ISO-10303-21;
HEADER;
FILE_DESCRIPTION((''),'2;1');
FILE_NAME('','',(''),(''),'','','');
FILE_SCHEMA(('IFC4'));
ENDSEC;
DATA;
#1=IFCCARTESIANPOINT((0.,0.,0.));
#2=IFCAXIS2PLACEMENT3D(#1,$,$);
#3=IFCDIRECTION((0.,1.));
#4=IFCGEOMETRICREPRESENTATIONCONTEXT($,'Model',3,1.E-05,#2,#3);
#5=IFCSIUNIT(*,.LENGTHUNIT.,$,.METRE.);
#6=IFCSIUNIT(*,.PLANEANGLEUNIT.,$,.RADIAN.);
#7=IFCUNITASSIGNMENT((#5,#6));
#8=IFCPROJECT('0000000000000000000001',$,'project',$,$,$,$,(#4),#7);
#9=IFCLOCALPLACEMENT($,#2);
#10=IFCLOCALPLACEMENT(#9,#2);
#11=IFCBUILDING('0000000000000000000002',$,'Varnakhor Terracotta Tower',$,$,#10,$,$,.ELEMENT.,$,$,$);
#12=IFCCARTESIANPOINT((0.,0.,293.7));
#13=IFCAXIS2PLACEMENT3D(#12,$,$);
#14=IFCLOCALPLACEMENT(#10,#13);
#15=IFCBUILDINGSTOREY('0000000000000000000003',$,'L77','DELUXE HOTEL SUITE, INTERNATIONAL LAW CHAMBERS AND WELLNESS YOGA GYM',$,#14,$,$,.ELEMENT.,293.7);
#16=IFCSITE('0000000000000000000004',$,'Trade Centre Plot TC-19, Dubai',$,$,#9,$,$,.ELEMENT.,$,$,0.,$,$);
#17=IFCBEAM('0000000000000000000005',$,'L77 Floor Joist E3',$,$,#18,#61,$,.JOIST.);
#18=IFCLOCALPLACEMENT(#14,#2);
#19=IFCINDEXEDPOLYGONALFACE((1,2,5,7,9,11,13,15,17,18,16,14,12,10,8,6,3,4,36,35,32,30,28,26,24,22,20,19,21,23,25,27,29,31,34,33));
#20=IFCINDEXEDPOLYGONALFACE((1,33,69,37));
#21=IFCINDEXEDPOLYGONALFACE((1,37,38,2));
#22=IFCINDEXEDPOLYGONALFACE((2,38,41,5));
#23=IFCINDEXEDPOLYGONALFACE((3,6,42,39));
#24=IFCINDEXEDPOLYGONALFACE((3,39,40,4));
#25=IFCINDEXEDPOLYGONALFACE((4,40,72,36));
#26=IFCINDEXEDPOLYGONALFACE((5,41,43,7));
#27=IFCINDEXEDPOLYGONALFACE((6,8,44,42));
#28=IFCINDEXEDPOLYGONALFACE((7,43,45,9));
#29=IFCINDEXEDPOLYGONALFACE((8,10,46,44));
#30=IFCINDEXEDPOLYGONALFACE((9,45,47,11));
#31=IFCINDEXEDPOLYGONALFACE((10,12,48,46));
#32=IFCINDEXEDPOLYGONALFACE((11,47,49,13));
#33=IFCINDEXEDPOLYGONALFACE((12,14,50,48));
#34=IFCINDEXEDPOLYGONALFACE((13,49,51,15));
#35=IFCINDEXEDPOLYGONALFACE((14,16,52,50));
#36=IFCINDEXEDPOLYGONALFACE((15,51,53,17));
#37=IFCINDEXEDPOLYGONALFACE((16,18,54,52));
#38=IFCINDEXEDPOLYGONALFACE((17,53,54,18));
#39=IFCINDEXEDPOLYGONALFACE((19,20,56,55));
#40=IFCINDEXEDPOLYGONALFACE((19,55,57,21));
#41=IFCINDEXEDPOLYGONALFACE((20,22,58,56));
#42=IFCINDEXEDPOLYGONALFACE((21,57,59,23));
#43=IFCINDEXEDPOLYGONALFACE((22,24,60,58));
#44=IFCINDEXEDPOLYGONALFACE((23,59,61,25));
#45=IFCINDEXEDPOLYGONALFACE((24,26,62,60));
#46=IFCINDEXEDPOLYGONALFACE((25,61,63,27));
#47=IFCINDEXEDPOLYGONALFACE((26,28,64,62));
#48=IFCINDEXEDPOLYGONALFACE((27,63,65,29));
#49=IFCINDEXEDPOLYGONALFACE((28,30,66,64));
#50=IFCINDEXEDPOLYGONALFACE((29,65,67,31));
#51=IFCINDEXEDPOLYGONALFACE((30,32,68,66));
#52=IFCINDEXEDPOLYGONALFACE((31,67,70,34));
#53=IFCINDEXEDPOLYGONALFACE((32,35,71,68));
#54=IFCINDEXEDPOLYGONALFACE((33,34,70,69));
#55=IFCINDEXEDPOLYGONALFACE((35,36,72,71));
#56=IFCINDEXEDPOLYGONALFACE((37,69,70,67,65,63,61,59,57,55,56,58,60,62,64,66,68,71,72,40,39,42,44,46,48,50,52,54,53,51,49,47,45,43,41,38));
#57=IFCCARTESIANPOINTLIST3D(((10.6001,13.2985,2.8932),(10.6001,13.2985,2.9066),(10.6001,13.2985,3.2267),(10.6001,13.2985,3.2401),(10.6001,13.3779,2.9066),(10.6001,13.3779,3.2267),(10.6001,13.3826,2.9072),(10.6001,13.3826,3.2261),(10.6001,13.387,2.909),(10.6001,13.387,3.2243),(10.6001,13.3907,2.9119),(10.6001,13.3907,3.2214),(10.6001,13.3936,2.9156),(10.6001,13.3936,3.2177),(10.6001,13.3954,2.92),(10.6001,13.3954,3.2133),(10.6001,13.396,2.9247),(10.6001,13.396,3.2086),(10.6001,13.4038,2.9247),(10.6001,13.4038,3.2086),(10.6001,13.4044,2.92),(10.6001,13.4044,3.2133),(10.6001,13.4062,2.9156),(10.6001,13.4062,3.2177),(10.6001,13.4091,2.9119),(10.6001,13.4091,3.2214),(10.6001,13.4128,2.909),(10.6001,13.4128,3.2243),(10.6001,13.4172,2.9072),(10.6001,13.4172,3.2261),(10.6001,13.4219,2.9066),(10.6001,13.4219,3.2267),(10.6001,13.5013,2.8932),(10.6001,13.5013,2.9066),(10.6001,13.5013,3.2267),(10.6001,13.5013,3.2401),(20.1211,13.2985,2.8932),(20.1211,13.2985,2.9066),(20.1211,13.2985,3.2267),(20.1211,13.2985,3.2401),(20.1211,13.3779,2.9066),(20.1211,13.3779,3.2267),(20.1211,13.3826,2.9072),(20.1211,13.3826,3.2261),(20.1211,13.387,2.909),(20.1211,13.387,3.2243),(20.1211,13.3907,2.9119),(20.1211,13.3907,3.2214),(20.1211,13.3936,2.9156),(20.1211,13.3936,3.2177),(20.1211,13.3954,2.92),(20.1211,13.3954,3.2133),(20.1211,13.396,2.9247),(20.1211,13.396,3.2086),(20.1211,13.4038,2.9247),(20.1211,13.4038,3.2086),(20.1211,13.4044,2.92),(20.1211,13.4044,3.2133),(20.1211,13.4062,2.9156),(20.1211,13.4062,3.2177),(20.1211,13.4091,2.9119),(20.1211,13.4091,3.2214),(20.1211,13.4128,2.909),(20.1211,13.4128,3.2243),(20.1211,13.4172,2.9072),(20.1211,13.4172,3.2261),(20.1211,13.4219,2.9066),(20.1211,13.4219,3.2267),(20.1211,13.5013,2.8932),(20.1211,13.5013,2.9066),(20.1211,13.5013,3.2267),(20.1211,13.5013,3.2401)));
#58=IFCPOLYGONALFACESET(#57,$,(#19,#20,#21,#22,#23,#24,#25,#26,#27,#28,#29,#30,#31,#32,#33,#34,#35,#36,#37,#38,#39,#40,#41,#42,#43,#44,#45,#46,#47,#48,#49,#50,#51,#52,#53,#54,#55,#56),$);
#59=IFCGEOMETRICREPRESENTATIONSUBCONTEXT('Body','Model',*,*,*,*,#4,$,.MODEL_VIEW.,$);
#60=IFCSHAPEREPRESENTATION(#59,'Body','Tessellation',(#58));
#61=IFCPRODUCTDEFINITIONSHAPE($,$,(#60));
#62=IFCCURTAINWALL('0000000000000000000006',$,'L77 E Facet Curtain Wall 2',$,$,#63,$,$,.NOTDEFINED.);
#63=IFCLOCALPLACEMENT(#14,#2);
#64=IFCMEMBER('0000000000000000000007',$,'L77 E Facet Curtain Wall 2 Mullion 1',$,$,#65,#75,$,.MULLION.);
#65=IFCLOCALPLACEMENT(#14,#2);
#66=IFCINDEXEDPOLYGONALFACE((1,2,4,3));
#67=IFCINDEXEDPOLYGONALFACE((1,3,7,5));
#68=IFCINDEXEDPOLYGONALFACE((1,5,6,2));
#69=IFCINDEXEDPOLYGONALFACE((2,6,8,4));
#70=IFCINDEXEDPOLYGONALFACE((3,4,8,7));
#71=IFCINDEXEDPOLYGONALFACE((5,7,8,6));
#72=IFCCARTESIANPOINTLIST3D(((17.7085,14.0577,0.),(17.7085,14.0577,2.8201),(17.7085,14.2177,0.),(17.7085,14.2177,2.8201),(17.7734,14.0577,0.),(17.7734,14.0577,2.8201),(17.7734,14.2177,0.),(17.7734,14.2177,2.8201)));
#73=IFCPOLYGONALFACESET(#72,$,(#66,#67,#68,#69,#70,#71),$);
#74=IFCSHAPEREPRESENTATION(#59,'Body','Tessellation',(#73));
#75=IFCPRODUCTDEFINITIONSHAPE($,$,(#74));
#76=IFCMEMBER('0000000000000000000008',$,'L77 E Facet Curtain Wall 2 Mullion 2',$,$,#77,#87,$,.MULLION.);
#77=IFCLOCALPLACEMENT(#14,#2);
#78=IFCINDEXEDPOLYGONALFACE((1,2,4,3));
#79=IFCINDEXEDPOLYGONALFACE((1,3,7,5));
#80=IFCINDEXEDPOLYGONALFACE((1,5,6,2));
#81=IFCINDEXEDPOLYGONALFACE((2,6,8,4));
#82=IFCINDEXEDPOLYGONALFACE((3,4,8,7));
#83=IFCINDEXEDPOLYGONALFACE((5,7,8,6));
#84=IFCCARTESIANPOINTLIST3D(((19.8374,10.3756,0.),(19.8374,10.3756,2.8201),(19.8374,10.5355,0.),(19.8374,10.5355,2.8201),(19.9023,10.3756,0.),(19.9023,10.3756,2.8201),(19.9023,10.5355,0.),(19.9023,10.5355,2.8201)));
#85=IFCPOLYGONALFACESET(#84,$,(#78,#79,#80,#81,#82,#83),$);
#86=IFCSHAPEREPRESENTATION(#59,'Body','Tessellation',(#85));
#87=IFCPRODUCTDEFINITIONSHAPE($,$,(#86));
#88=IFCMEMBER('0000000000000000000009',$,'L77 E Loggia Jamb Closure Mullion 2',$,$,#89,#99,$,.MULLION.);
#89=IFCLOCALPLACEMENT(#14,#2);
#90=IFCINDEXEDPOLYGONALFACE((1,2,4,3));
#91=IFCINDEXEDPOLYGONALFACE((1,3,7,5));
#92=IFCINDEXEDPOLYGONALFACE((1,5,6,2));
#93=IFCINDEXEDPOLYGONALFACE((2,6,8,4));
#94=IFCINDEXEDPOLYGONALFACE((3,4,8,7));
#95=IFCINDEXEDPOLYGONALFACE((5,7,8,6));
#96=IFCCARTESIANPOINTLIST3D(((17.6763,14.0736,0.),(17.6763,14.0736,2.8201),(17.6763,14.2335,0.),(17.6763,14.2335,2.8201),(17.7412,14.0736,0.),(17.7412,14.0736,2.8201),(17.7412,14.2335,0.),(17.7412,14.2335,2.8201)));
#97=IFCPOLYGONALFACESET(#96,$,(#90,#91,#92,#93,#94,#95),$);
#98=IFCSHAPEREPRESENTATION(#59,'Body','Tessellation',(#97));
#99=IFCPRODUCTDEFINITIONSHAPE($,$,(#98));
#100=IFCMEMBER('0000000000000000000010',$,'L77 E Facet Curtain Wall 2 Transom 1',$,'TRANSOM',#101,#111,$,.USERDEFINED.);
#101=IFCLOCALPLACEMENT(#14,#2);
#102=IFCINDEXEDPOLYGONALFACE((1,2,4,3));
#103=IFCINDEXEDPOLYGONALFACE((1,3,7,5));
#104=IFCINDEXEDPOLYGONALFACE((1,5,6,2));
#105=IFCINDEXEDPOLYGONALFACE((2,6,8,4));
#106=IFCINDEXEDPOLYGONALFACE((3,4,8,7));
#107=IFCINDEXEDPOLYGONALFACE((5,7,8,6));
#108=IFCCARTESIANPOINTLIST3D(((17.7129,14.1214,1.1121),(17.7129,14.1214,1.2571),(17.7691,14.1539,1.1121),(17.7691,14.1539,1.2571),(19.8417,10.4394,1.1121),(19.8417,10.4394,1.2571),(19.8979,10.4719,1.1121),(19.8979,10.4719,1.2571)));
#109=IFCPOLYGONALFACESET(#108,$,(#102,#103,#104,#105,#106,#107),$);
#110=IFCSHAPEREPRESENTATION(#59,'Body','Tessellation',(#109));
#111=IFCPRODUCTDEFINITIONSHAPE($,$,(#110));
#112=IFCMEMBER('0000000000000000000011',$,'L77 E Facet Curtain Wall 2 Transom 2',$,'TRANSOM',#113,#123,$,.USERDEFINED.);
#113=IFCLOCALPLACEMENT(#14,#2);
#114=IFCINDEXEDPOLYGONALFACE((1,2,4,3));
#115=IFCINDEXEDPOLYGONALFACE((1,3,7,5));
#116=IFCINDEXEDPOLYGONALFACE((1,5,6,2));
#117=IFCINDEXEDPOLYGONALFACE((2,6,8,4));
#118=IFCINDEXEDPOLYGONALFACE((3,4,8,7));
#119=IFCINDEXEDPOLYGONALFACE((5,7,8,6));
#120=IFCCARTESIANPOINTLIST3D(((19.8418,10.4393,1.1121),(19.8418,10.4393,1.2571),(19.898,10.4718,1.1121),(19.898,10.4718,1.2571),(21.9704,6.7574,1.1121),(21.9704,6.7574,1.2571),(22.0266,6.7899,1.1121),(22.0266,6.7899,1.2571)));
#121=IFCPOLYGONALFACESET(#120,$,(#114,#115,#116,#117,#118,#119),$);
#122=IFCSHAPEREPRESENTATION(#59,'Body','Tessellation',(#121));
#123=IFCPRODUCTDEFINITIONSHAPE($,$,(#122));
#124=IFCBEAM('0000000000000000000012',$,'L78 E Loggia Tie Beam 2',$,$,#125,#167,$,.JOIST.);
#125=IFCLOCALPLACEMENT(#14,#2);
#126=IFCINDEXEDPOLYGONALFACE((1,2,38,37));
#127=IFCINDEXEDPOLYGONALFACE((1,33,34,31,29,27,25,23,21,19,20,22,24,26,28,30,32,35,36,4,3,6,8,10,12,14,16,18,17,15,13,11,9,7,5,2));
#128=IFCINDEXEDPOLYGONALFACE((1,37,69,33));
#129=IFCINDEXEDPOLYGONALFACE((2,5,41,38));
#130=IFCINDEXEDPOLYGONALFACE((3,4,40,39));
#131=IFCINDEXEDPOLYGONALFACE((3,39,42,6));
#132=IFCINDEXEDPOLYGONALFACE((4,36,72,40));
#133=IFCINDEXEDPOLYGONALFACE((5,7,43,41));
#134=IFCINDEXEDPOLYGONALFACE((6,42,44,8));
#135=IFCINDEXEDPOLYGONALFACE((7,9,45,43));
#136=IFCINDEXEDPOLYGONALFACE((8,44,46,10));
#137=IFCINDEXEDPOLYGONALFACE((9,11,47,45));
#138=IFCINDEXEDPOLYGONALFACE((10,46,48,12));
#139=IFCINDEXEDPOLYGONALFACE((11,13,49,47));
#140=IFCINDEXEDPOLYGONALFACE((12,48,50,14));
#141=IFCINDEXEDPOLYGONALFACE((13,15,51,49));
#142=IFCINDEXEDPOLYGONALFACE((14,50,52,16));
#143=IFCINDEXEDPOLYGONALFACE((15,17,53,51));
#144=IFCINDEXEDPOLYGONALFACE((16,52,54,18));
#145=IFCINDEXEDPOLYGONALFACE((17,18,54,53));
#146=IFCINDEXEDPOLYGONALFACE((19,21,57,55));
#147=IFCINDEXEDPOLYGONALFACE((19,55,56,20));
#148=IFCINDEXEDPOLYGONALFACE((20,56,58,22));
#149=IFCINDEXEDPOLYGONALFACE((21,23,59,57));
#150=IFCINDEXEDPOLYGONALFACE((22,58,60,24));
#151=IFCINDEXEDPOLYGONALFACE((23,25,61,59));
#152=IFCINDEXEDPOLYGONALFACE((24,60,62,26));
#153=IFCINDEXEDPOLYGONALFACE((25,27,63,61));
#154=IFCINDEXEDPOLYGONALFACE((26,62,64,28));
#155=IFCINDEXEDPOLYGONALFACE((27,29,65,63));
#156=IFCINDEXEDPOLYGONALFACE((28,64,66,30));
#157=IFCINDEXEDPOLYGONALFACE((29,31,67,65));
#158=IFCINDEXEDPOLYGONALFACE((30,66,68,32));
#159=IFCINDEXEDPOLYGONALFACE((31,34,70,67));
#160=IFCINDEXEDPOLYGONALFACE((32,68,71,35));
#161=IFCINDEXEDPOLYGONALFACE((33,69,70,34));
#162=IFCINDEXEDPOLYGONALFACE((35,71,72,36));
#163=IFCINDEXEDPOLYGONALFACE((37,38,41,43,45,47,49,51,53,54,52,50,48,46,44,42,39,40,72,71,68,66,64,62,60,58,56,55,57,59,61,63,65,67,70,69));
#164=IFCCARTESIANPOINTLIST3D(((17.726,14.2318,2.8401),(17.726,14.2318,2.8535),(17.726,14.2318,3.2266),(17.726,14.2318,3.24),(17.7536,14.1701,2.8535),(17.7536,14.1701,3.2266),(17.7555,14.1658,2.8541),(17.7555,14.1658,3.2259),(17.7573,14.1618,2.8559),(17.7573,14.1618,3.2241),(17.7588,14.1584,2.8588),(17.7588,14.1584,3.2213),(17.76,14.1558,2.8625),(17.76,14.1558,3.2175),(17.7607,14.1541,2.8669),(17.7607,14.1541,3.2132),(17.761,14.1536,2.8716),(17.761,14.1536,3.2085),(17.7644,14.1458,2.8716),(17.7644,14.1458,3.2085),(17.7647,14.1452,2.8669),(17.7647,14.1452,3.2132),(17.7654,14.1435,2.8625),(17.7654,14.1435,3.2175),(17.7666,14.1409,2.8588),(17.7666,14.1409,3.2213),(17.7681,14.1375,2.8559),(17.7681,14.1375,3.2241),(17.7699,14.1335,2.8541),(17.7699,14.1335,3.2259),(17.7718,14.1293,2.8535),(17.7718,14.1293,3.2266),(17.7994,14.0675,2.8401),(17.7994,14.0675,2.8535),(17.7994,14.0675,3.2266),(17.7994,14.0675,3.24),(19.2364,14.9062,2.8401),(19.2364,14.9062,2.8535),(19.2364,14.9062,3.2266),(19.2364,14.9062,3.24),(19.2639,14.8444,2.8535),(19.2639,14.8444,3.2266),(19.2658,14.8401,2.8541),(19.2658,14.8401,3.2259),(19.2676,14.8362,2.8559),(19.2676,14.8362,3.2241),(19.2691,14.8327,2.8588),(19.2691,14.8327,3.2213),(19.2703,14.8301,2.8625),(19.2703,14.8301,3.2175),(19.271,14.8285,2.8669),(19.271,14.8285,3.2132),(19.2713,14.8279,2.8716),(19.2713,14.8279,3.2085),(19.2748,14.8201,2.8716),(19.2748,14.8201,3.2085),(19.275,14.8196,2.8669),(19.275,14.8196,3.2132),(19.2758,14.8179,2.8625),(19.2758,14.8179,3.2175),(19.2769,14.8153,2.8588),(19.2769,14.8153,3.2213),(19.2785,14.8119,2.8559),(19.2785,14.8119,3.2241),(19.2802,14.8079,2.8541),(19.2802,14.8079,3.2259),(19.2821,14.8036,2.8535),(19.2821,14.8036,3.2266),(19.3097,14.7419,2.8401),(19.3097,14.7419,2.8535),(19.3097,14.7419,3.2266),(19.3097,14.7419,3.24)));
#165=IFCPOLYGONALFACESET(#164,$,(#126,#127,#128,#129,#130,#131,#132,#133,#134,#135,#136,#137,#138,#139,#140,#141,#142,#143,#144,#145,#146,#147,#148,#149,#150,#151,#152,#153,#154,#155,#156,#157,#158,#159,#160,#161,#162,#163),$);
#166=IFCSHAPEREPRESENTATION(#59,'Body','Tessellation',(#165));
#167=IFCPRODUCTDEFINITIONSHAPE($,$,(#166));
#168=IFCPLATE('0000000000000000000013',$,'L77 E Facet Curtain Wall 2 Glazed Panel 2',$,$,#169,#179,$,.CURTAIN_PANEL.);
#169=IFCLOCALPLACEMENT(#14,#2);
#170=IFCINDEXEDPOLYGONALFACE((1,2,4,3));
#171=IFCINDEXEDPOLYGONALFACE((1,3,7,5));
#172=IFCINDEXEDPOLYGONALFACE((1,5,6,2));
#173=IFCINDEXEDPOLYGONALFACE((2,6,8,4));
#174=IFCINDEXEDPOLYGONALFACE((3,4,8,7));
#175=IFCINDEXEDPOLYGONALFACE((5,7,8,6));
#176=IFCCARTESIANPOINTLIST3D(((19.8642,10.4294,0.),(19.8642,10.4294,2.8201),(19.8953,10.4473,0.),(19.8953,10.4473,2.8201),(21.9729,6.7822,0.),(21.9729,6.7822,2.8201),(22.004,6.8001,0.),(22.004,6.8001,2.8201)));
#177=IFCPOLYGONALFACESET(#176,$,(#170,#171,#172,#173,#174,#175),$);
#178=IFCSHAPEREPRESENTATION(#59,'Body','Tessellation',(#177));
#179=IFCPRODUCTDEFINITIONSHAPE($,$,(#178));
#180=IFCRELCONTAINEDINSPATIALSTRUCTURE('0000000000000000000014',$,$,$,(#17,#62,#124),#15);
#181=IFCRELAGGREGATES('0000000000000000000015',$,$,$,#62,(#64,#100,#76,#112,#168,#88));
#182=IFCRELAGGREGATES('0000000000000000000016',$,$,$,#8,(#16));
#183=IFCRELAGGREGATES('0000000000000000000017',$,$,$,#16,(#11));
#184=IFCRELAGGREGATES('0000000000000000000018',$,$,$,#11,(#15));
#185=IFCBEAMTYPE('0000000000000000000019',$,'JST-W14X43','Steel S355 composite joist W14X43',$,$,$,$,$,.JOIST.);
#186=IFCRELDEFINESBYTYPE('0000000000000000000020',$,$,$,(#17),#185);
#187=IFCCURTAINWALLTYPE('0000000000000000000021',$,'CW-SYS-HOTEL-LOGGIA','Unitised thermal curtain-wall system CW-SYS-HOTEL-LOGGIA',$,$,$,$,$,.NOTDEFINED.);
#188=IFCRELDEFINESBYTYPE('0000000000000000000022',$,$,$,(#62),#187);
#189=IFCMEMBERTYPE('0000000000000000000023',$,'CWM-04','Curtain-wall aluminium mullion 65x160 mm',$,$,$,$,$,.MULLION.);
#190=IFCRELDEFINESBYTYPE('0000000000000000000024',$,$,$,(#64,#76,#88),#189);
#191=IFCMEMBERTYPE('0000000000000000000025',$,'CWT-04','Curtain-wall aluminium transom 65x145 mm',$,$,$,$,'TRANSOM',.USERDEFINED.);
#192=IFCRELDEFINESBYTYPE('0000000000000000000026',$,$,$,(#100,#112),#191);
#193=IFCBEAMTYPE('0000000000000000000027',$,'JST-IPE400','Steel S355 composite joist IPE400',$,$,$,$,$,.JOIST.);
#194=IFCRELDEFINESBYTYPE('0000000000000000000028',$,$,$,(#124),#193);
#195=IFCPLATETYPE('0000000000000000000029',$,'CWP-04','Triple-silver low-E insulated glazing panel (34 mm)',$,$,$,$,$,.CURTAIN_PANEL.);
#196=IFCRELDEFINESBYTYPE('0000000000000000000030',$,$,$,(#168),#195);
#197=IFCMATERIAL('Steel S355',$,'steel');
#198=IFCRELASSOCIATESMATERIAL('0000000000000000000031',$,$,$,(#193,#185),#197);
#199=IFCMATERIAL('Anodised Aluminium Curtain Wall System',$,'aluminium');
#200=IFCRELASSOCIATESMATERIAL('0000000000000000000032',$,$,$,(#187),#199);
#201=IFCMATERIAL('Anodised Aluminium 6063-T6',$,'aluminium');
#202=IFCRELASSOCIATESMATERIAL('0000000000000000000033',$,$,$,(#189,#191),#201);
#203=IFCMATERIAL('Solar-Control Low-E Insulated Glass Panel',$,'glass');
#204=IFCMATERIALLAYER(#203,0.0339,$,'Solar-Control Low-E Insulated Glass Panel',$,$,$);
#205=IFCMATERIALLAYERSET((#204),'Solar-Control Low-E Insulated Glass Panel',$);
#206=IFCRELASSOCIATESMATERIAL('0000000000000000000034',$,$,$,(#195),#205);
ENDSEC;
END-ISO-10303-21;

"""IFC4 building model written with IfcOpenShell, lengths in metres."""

from ifc_helpers import new_model, si_unit, direction, frame, origin, origin_2d, place, context, subcontext, project, spatial, rectangle, i_section, extrude, source, transform, mapped, material, layer, layer_set, material_profile, profile_set, type_object, type_shapes, element, aggregate, save


model = new_model("IFC4")

# Units and contexts
model_context = context("Model", 3, precision=1e-05, world=origin(), true_north=direction((0.0, 1.0)))
body_context = subcontext(model_context, "Body", "Model", "MODEL_VIEW")
ifc_project = project(units=[si_unit("LENGTHUNIT", "METRE"), si_unit("PLANEANGLEUNIT", "RADIAN")], contexts=[model_context])

# Site, building, storey
site_placement = place(None, origin())
site = spatial("IfcSite", under=ifc_project, at=site_placement, Name="Trade Centre Plot TC-19, Dubai", CompositionType="ELEMENT", RefElevation=0.0)
building_placement = place(site_placement, origin())
building = spatial("IfcBuilding", under=site, at=building_placement, Name="Varnakhor Terracotta Tower", CompositionType="ELEMENT")
storey_placement = place(building_placement, frame((0.0, 0.0, 293.7)))
storey = spatial("IfcBuildingStorey", under=building, at=storey_placement, Name="L77", Description="DELUXE HOTEL SUITE, INTERNATIONAL LAW CHAMBERS AND WELLNESS YOGA GYM", CompositionType="ELEMENT", Elevation=293.7)

# Beam
ifc_material_1 = material(Name="Steel S355", Category="steel")
ifc_material_profile_1 = material_profile(ifc_material_1, i_section(OverallWidth=0.1799, OverallDepth=0.3999, WebThickness=0.0085, FlangeThickness=0.0134, FilletRadius=0.0181, at=origin_2d()), Name="IPE400")
ifc_profile_set_1 = profile_set([ifc_material_profile_1], Name="Steel S355")
beam_type_1 = type_object("IfcBeamType", Name="JST-IPE400", Description="Steel S355 composite joist IPE400", PredefinedType="JOIST", material=ifc_profile_set_1)
ifc_material_profile_2 = material_profile(ifc_material_1, i_section(OverallWidth=0.2029, OverallDepth=0.3469, WebThickness=0.0078, FlangeThickness=0.0134, FilletRadius=0.0181, at=origin_2d()), Name="W14X43")
ifc_profile_set_2 = profile_set([ifc_material_profile_2], Name="Steel S355")
beam_type_2 = type_object("IfcBeamType", Name="JST-W14X43", Description="Steel S355 composite joist W14X43", PredefinedType="JOIST", material=ifc_profile_set_2)
shared_shape_1 = source(origin(), body_context, "Body", "SweptSolid", [
    extrude(i_section(OverallWidth=0.2029, OverallDepth=0.3469, WebThickness=0.0078, FlangeThickness=0.0134, FilletRadius=0.0181, at=origin_2d()), origin(), (0.0, 0.0, 1.0), 9.521),
])
beam_1_placement = place(storey_placement, frame((10.6001, 13.3999, 3.0667), z_axis=(1.0, 0.0, 0.0), x_axis=(0.0, 1.0, 0.0)))
element("IfcBeam", 1, at=beam_1_placement, inside=storey, type_object=beam_type_2, Name="L77 Floor Joist E3", PredefinedType="JOIST", context=body_context, shape_type="MappedRepresentation", body=[
    mapped(shared_shape_1, transform((0.0, 0.0, 0.0), scale=1.0)),
])

# Curtain wall, members
ifc_material_2 = material(Name="Anodised Aluminium Curtain Wall System", Category="aluminium")
curtain_wall_type = type_object("IfcCurtainWallType", Name="CW-SYS-HOTEL-LOGGIA", Description="Unitised thermal curtain-wall system CW-SYS-HOTEL-LOGGIA", PredefinedType="NOTDEFINED", material=ifc_material_2)
curtain_wall_placement = place(storey_placement, origin())
curtain_wall = element("IfcCurtainWall", 2, at=curtain_wall_placement, inside=storey, type_object=curtain_wall_type, Name="L77 E Facet Curtain Wall 2", PredefinedType="NOTDEFINED")
ifc_material_3 = material(Name="Anodised Aluminium 6063-T6", Category="aluminium")
ifc_material_profile_3 = material_profile(ifc_material_3, rectangle(XDim=0.0649, YDim=0.1599, at=origin_2d()), Name="ALU MULLION 65x160")
ifc_profile_set_3 = profile_set([ifc_material_profile_3], Name="Anodised Aluminium 6063-T6")
member_type_1 = type_object("IfcMemberType", Name="CWM-04", Description="Curtain-wall aluminium mullion 65x160 mm", PredefinedType="MULLION", material=ifc_profile_set_3)
shared_shape_2 = source(origin(), body_context, "Body", "SweptSolid", [
    extrude(rectangle(XDim=0.0649, YDim=0.1599, at=origin_2d()), origin(), (0.0, 0.0, 1.0), 2.8201),
])
type_shapes(member_type_1, [shared_shape_2])
member_1_placement = place(storey_placement, frame((17.741, 14.1377, 0.0), z_axis=(0.0, 0.0, 1.0), x_axis=(1.0, 0.0, 0.0)))
member_1 = element("IfcMember", 3, at=member_1_placement, type_object=member_type_1, Name="L77 E Facet Curtain Wall 2 Mullion 1", PredefinedType="MULLION", context=body_context, shape_type="MappedRepresentation", body=[
    mapped(shared_shape_2, transform((0.0, 0.0, 0.0), scale=1.0)),
])
member_2_placement = place(storey_placement, frame((19.8699, 10.4556, 0.0), z_axis=(0.0, 0.0, 1.0), x_axis=(1.0, 0.0, 0.0)))
member_2 = element("IfcMember", 4, at=member_2_placement, type_object=member_type_1, Name="L77 E Facet Curtain Wall 2 Mullion 2", PredefinedType="MULLION", context=body_context, shape_type="MappedRepresentation", body=[
    mapped(shared_shape_2, transform((0.0, 0.0, 0.0), scale=1.0)),
])
member_3_placement = place(storey_placement, frame((17.7087, 14.1536, 0.0), z_axis=(0.0, 0.0, 1.0), x_axis=(1.0, 0.0, 0.0)))
member_3 = element("IfcMember", 5, at=member_3_placement, type_object=member_type_1, Name="L77 E Loggia Jamb Closure Mullion 2", PredefinedType="MULLION", context=body_context, shape_type="MappedRepresentation", body=[
    mapped(shared_shape_2, transform((0.0, 0.0, 0.0), scale=1.0)),
])
ifc_material_profile_4 = material_profile(ifc_material_3, rectangle(XDim=0.0649, YDim=0.145, at=origin_2d()), Name="ALU TRANSOM 65x145")
ifc_profile_set_4 = profile_set([ifc_material_profile_4], Name="Anodised Aluminium 6063-T6")
member_type_2 = type_object("IfcMemberType", Name="CWT-04", Description="Curtain-wall aluminium transom 65x145 mm", ElementType="TRANSOM", PredefinedType="USERDEFINED", material=ifc_profile_set_4)
shared_shape_3 = source(origin(), body_context, "Body", "SweptSolid", [
    extrude(rectangle(XDim=0.0649, YDim=0.145, at=origin_2d()), origin(), (0.0, 0.0, 1.0), 4.2532),
])
member_4_placement = place(storey_placement, frame((17.741, 14.1377, 1.1846), z_axis=(0.500534, -0.865717, 0.0), x_axis=(0.865717, 0.500534, 0.0)))
member_4 = element("IfcMember", 6, at=member_4_placement, type_object=member_type_2, Name="L77 E Facet Curtain Wall 2 Transom 1", ObjectType="TRANSOM", PredefinedType="USERDEFINED", context=body_context, shape_type="MappedRepresentation", body=[
    mapped(shared_shape_3, transform((0.0, 0.0, 0.0), scale=1.0)),
])
shared_shape_4 = source(origin(), body_context, "Body", "SweptSolid", [
    extrude(rectangle(XDim=0.0649, YDim=0.145, at=origin_2d()), origin(), (0.0, 0.0, 1.0), 4.2529),
])
member_5_placement = place(storey_placement, frame((19.8699, 10.4556, 1.1846), z_axis=(0.500516, -0.865727, 0.0), x_axis=(0.865727, 0.500516, 0.0)))
member_5 = element("IfcMember", 7, at=member_5_placement, type_object=member_type_2, Name="L77 E Facet Curtain Wall 2 Transom 2", ObjectType="TRANSOM", PredefinedType="USERDEFINED", context=body_context, shape_type="MappedRepresentation", body=[
    mapped(shared_shape_4, transform((0.0, 0.0, 0.0), scale=1.0)),
])

# Beam
shared_shape_5 = source(origin(), body_context, "Body", "SweptSolid", [
    extrude(i_section(OverallWidth=0.1799, OverallDepth=0.3999, WebThickness=0.0085, FlangeThickness=0.0134, FilletRadius=0.0181, at=origin_2d()), origin(), (0.0, 0.0, 1.0), 1.6541),
])
beam_2_placement = place(storey_placement, frame((17.7627, 14.1497, 3.04), z_axis=(0.913116, 0.407699, 0.0), x_axis=(-0.407699, 0.913116, 0.0)))
element("IfcBeam", 8, at=beam_2_placement, inside=storey, type_object=beam_type_1, Name="L78 E Loggia Tie Beam 2", PredefinedType="JOIST", context=body_context, shape_type="MappedRepresentation", body=[
    mapped(shared_shape_5, transform((0.0, 0.0, 0.0), scale=1.0)),
])

# Plate
ifc_material_4 = material(Name="Solar-Control Low-E Insulated Glass Panel", Category="glass")
ifc_layer_1 = layer(ifc_material_4, 0.0339, Name="Solar-Control Low-E Insulated Glass Panel")
ifc_layer_set_1 = layer_set([ifc_layer_1], Name="Solar-Control Low-E Insulated Glass Panel")
plate_type = type_object("IfcPlateType", Name="CWP-04", Description="Triple-silver low-E insulated glazing panel (34 mm)", PredefinedType="CURTAIN_PANEL", material=ifc_layer_set_1)
shared_shape_6 = source(origin(), body_context, "Body", "SweptSolid", [
    extrude(rectangle(XDim=4.2129, YDim=0.0359, at=origin_2d()), origin(), (0.0, 0.0, 1.0), 2.8201),
])
plate_1_placement = place(storey_placement, frame((20.9341, 8.6147, 0.0), z_axis=(0.0, 0.0, 1.0), x_axis=(0.500529, -0.86572, 0.0)))
plate_1 = element("IfcPlate", 9, at=plate_1_placement, type_object=plate_type, Name="L77 E Facet Curtain Wall 2 Glazed Panel 2", PredefinedType="CURTAIN_PANEL", context=body_context, shape_type="MappedRepresentation", body=[
    mapped(shared_shape_6, transform((0.0, 0.0, 0.0), scale=1.0)),
])
aggregate(curtain_wall, [member_1, member_4, member_2, member_5, plate_1, member_3])

save(model, "model.ifc")
